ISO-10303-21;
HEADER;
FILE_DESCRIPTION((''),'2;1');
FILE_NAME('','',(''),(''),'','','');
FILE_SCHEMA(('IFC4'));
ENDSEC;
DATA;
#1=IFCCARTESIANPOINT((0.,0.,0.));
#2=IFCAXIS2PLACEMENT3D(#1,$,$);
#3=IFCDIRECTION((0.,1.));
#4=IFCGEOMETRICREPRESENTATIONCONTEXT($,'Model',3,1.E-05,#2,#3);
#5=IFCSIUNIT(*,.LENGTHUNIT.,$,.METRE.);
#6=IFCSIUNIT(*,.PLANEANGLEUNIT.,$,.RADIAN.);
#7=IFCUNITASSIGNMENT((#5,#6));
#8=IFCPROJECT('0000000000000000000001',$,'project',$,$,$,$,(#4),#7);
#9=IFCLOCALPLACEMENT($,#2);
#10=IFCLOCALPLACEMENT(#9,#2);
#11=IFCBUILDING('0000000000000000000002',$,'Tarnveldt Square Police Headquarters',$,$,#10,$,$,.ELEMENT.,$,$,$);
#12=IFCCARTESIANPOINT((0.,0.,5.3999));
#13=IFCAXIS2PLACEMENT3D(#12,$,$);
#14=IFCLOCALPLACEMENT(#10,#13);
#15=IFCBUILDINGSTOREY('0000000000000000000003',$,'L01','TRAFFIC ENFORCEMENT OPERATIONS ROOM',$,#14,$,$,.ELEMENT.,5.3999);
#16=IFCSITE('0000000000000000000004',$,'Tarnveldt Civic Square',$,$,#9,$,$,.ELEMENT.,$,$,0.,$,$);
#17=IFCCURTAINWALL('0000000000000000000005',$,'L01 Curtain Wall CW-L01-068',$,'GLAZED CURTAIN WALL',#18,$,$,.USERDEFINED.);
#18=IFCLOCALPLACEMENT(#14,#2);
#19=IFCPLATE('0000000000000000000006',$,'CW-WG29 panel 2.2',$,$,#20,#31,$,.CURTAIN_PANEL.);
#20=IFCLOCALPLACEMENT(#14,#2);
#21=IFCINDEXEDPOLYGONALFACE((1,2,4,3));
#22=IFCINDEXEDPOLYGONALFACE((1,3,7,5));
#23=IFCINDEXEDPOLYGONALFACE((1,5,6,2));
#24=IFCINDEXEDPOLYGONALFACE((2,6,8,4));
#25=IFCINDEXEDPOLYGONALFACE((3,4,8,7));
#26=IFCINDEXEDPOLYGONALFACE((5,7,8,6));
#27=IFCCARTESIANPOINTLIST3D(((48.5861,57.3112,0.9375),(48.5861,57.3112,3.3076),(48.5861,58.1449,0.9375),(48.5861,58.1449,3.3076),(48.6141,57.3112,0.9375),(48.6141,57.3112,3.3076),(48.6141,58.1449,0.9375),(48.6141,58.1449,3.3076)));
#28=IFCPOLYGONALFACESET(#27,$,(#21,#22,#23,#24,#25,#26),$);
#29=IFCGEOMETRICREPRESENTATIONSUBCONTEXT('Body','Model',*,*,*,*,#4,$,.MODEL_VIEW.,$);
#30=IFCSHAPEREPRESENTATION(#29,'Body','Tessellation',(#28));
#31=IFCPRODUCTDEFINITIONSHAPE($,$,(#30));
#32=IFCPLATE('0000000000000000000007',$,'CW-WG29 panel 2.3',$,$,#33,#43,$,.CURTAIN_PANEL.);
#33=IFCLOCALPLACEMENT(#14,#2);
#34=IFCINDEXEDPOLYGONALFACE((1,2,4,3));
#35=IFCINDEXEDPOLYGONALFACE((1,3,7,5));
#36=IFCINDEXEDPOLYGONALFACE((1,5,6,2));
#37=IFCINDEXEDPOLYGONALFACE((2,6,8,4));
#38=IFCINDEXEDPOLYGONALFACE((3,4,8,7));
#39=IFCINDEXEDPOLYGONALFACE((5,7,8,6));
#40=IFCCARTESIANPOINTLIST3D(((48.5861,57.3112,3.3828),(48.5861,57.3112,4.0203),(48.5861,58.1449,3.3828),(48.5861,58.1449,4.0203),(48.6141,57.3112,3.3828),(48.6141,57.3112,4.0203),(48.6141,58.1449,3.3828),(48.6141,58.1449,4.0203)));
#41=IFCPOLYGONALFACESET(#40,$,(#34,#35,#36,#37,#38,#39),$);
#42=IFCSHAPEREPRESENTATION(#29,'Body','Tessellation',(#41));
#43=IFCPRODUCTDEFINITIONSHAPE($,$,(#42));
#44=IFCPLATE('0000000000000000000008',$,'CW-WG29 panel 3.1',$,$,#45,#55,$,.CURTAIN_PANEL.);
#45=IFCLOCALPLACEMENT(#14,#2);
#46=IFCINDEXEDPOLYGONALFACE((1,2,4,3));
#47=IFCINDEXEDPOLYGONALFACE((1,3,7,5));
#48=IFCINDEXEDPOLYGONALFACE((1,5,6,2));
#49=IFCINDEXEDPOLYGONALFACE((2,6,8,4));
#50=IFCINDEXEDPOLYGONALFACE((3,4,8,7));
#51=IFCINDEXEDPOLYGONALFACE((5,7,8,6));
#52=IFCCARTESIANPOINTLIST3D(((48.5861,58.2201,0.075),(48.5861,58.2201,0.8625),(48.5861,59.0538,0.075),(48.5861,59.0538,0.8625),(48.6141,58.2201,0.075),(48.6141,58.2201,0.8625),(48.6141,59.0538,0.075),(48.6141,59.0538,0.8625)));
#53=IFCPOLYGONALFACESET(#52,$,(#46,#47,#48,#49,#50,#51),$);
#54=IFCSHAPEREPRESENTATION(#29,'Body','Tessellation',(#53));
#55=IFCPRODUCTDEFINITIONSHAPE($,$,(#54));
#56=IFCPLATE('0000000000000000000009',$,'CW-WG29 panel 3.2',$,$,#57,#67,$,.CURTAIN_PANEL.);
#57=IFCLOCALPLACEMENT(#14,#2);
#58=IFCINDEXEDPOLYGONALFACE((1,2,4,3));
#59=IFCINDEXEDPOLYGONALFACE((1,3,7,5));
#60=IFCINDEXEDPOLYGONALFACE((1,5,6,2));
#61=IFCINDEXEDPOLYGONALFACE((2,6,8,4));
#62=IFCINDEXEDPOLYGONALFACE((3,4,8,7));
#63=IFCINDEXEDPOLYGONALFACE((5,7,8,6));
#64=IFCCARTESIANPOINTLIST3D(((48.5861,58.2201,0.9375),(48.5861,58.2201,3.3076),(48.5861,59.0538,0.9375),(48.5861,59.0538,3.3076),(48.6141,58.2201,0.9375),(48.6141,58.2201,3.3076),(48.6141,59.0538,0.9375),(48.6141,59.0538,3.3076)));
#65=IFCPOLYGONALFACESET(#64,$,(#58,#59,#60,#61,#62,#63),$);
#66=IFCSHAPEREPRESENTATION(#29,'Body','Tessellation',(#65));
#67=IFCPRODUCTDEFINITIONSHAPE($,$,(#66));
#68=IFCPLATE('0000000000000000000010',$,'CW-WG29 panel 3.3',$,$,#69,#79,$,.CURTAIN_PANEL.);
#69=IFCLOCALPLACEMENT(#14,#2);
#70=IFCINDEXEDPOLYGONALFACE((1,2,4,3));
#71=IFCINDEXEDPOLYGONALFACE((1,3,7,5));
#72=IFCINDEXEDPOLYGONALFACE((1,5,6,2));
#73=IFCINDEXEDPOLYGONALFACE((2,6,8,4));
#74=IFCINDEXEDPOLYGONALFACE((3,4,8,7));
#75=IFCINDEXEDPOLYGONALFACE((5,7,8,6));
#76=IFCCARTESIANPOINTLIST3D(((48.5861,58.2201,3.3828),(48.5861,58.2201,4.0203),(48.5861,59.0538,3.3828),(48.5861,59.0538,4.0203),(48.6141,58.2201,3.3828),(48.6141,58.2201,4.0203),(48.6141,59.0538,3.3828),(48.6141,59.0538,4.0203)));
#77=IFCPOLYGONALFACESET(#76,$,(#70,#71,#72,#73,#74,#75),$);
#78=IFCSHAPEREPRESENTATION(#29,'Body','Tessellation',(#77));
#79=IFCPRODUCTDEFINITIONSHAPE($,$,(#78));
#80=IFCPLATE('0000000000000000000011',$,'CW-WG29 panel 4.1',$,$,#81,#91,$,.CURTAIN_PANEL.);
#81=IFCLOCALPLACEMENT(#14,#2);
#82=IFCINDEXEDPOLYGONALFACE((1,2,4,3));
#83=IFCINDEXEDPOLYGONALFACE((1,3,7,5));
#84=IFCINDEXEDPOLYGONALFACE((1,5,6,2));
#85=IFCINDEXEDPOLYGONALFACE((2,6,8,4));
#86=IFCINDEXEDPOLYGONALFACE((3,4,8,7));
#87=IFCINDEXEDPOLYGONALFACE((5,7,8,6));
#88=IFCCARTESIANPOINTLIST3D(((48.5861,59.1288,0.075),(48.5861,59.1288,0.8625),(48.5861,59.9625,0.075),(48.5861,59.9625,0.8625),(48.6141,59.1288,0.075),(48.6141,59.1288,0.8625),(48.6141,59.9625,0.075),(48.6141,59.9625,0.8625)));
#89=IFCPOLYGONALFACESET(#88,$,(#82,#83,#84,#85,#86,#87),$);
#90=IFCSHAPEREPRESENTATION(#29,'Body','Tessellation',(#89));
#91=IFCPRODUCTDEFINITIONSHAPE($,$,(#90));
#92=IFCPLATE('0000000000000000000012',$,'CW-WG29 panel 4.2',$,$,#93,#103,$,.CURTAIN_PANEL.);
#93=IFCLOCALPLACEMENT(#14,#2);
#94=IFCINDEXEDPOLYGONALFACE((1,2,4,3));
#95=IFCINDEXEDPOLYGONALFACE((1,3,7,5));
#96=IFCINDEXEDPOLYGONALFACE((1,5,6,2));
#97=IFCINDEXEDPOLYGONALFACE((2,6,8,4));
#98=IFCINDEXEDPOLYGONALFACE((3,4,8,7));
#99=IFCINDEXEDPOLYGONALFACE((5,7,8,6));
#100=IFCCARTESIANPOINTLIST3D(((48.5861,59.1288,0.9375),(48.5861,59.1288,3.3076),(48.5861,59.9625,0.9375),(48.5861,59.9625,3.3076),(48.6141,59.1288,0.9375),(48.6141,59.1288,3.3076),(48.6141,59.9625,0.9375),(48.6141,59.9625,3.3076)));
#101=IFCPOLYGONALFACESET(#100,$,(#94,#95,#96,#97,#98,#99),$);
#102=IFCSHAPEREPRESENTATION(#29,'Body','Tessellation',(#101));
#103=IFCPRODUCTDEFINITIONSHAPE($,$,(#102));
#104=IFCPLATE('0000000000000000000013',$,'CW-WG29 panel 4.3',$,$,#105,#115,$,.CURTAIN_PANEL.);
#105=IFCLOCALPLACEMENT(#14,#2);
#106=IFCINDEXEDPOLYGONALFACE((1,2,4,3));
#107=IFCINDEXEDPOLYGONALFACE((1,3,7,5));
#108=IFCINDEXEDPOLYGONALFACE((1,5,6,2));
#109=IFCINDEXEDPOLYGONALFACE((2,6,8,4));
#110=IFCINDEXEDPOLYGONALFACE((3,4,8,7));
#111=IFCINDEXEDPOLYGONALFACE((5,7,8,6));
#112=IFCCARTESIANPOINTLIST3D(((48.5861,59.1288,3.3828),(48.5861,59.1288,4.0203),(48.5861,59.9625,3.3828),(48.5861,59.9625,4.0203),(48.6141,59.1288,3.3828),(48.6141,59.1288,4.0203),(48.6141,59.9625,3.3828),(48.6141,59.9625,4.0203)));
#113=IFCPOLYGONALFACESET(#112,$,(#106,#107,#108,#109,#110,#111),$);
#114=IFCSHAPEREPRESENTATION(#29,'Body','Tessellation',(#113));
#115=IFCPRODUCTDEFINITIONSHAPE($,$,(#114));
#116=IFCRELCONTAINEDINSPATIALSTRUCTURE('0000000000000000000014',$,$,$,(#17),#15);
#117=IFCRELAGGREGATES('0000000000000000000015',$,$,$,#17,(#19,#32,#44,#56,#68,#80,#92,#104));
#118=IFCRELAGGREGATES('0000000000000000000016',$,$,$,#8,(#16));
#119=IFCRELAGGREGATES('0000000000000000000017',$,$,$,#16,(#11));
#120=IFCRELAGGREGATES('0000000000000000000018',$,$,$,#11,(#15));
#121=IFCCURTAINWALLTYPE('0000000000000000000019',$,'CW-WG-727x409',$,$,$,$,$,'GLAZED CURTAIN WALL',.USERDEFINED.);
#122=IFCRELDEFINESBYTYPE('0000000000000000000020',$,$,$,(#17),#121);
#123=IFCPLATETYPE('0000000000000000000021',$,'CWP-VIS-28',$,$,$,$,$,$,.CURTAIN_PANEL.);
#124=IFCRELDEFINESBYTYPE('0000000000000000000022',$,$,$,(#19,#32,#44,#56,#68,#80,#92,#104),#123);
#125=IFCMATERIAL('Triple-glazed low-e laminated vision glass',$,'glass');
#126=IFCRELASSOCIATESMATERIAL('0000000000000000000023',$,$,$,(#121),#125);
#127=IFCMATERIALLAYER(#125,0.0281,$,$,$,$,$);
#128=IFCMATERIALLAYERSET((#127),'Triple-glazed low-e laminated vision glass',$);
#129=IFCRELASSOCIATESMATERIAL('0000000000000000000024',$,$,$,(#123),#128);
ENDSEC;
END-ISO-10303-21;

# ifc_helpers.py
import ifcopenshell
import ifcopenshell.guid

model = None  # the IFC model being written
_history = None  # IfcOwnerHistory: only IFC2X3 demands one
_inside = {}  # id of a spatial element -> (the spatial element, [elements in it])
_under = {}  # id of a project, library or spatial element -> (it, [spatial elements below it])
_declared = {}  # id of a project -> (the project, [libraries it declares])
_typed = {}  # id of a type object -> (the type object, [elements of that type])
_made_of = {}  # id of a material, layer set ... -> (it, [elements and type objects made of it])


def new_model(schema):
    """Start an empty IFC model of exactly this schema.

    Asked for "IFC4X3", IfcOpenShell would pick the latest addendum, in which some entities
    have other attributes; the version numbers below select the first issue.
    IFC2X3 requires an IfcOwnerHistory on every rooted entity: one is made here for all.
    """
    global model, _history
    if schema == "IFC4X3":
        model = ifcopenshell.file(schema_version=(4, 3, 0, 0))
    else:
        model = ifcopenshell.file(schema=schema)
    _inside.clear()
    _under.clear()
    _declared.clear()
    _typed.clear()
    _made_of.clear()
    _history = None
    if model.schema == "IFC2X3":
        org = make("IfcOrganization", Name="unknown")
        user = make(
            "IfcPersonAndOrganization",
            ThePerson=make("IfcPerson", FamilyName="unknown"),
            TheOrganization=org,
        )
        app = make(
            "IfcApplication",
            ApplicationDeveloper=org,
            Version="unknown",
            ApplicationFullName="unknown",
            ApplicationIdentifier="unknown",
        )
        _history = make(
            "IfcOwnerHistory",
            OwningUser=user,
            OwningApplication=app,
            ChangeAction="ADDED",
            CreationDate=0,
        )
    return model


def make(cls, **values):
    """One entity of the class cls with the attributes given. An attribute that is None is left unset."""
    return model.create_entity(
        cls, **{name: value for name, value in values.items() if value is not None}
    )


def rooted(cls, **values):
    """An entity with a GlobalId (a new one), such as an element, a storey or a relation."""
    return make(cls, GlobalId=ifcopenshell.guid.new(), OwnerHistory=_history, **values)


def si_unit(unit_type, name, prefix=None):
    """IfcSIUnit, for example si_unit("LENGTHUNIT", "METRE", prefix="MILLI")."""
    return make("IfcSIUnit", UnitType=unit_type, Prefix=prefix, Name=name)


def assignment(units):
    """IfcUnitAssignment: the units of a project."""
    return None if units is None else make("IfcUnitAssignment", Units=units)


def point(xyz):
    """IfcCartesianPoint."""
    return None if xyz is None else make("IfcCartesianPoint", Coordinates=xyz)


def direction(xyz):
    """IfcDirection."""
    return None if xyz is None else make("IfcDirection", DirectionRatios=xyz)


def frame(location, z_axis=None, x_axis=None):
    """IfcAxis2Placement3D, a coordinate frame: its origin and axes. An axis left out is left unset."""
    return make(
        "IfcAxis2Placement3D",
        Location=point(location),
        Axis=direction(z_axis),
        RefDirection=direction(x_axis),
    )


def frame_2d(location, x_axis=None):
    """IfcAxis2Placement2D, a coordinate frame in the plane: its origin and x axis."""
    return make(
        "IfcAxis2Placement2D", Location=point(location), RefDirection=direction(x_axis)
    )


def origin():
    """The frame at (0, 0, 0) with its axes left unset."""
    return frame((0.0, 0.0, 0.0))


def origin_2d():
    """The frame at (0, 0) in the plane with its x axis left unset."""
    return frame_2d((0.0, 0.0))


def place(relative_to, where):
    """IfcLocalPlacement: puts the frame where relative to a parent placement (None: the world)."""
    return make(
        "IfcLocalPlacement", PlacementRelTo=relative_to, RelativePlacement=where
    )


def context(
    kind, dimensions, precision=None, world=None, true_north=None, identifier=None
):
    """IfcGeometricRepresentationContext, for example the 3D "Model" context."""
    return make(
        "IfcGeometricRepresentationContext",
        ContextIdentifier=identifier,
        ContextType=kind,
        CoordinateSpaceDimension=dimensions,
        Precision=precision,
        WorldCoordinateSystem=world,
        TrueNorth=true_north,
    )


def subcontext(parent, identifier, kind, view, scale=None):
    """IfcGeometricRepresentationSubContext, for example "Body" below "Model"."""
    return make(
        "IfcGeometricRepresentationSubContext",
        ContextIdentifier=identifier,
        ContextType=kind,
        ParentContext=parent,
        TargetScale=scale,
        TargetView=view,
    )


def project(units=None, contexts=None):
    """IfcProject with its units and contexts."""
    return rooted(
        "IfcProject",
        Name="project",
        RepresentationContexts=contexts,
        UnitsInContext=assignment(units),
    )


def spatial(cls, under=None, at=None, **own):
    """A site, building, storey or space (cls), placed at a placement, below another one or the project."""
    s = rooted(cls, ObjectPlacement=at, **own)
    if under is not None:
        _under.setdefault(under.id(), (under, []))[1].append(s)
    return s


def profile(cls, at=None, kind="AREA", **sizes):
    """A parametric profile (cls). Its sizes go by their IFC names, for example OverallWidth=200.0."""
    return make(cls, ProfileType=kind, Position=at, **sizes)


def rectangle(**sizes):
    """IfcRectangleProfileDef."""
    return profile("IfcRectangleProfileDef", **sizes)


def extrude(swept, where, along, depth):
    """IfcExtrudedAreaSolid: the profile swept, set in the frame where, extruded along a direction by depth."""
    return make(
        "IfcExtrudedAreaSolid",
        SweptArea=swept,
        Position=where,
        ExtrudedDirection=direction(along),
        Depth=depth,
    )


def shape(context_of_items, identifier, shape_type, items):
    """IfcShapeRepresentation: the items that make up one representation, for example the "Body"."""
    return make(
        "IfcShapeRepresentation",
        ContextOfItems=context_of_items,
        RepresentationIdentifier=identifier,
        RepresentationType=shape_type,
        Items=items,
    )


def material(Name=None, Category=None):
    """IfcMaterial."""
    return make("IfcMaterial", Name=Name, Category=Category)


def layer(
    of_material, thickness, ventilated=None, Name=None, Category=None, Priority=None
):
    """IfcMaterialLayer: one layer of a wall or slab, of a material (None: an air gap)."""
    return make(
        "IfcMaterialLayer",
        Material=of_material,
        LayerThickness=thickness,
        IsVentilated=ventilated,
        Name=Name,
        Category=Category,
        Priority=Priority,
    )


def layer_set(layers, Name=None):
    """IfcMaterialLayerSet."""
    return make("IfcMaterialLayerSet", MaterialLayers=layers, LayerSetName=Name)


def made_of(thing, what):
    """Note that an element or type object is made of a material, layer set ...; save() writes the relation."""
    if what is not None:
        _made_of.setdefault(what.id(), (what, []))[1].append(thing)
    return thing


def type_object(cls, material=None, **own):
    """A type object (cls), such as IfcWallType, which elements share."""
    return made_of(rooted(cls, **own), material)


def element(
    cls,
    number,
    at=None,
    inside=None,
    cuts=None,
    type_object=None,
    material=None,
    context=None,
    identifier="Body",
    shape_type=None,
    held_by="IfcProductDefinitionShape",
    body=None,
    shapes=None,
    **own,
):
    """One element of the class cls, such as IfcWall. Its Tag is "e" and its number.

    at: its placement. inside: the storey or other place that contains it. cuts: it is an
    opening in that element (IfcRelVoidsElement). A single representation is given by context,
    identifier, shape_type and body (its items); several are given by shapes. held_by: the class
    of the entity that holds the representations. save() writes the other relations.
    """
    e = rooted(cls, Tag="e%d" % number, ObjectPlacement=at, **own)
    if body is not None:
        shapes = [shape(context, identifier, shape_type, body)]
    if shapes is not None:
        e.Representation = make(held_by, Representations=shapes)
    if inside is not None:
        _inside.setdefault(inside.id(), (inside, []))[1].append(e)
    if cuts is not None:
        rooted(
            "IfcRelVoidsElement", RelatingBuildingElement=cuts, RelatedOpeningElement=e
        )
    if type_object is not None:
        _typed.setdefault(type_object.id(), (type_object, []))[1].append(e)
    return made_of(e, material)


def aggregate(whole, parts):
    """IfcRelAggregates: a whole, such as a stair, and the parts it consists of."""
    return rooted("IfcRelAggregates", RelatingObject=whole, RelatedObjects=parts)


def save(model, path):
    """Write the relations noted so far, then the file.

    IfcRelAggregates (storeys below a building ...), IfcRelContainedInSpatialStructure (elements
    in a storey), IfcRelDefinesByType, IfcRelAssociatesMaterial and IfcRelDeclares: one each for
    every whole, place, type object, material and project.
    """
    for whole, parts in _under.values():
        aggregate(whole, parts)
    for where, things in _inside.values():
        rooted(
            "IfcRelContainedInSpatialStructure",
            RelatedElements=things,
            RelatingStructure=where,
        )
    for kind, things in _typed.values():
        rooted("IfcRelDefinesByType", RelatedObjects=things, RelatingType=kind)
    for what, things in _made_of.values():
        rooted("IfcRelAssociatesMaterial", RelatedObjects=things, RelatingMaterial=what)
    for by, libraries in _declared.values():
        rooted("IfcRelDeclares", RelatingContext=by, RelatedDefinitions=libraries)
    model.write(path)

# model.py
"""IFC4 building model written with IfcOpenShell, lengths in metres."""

from ifc_helpers import new_model, si_unit, direction, frame, origin, origin_2d, place, context, subcontext, project, spatial, rectangle, extrude, material, layer, layer_set, type_object, element, aggregate, save


model = new_model("IFC4")

# Units and contexts
model_context = context("Model", 3, precision=1e-05, world=origin(), true_north=direction((0.0, 1.0)))
body_context = subcontext(model_context, "Body", "Model", "MODEL_VIEW")
ifc_project = project(units=[si_unit("LENGTHUNIT", "METRE"), si_unit("PLANEANGLEUNIT", "RADIAN")], contexts=[model_context])

# Site, building, storey
site_placement = place(None, origin())
site = spatial("IfcSite", under=ifc_project, at=site_placement, Name="Tarnveldt Civic Square", CompositionType="ELEMENT", RefElevation=0.0)
building_placement = place(site_placement, origin())
building = spatial("IfcBuilding", under=site, at=building_placement, Name="Tarnveldt Square Police Headquarters", CompositionType="ELEMENT")
storey_placement = place(building_placement, frame((0.0, 0.0, 5.3999)))
storey = spatial("IfcBuildingStorey", under=building, at=storey_placement, Name="L01", Description="TRAFFIC ENFORCEMENT OPERATIONS ROOM", CompositionType="ELEMENT", Elevation=5.3999)

# Curtain wall, plates
ifc_material_1 = material(Name="Triple-glazed low-e laminated vision glass", Category="glass")
curtain_wall_type = type_object("IfcCurtainWallType", Name="CW-WG-727x409", ElementType="GLAZED CURTAIN WALL", PredefinedType="USERDEFINED", material=ifc_material_1)
curtain_wall_placement = place(storey_placement, origin())
curtain_wall = element("IfcCurtainWall", 1, at=curtain_wall_placement, inside=storey, type_object=curtain_wall_type, Name="L01 Curtain Wall CW-L01-068", ObjectType="GLAZED CURTAIN WALL", PredefinedType="USERDEFINED")
ifc_layer = layer(ifc_material_1, 0.0281)
ifc_layer_set = layer_set([ifc_layer], Name="Triple-glazed low-e laminated vision glass")
plate_type = type_object("IfcPlateType", Name="CWP-VIS-28", PredefinedType="CURTAIN_PANEL", material=ifc_layer_set)
plate_1_placement = place(storey_placement, frame((48.6001, 57.728, 0.9375), z_axis=(0.0, 0.0, 1.0), x_axis=(0.0, 1.0, 0.0)))
plate_1 = element("IfcPlate", 2, at=plate_1_placement, type_object=plate_type, Name="CW-WG29 panel 2.2", PredefinedType="CURTAIN_PANEL", context=body_context, shape_type="SweptSolid", body=[
    extrude(rectangle(XDim=0.8337, YDim=0.0281, at=origin_2d()), origin(), (0.0, 0.0, 1.0), 2.3701),
])
plate_2_placement = place(storey_placement, frame((48.6001, 57.728, 3.3828), z_axis=(0.0, 0.0, 1.0), x_axis=(0.0, 1.0, 0.0)))
plate_2 = element("IfcPlate", 3, at=plate_2_placement, type_object=plate_type, Name="CW-WG29 panel 2.3", PredefinedType="CURTAIN_PANEL", context=body_context, shape_type="SweptSolid", body=[
    extrude(rectangle(XDim=0.8337, YDim=0.0281, at=origin_2d()), origin(), (0.0, 0.0, 1.0), 0.6375),
])
plate_3_placement = place(storey_placement, frame((48.6001, 58.637, 0.075), z_axis=(0.0, 0.0, 1.0), x_axis=(0.0, 1.0, 0.0)))
plate_3 = element("IfcPlate", 4, at=plate_3_placement, type_object=plate_type, Name="CW-WG29 panel 3.1", PredefinedType="CURTAIN_PANEL", context=body_context, shape_type="SweptSolid", body=[
    extrude(rectangle(XDim=0.8337, YDim=0.0281, at=origin_2d()), origin(), (0.0, 0.0, 1.0), 0.7876),
])
plate_4_placement = place(storey_placement, frame((48.6001, 58.637, 0.9375), z_axis=(0.0, 0.0, 1.0), x_axis=(0.0, 1.0, 0.0)))
plate_4 = element("IfcPlate", 5, at=plate_4_placement, type_object=plate_type, Name="CW-WG29 panel 3.2", PredefinedType="CURTAIN_PANEL", context=body_context, shape_type="SweptSolid", body=[
    extrude(rectangle(XDim=0.8337, YDim=0.0281, at=origin_2d()), origin(), (0.0, 0.0, 1.0), 2.3701),
])
plate_5_placement = place(storey_placement, frame((48.6001, 58.637, 3.3828), z_axis=(0.0, 0.0, 1.0), x_axis=(0.0, 1.0, 0.0)))
plate_5 = element("IfcPlate", 6, at=plate_5_placement, type_object=plate_type, Name="CW-WG29 panel 3.3", PredefinedType="CURTAIN_PANEL", context=body_context, shape_type="SweptSolid", body=[
    extrude(rectangle(XDim=0.8337, YDim=0.0281, at=origin_2d()), origin(), (0.0, 0.0, 1.0), 0.6375),
])
plate_6_placement = place(storey_placement, frame((48.6001, 59.5457, 0.075), z_axis=(0.0, 0.0, 1.0), x_axis=(0.0, 1.0, 0.0)))
plate_6 = element("IfcPlate", 7, at=plate_6_placement, type_object=plate_type, Name="CW-WG29 panel 4.1", PredefinedType="CURTAIN_PANEL", context=body_context, shape_type="SweptSolid", body=[
    extrude(rectangle(XDim=0.8337, YDim=0.0281, at=origin_2d()), origin(), (0.0, 0.0, 1.0), 0.7876),
])
plate_7_placement = place(storey_placement, frame((48.6001, 59.5457, 0.9375), z_axis=(0.0, 0.0, 1.0), x_axis=(0.0, 1.0, 0.0)))
plate_7 = element("IfcPlate", 8, at=plate_7_placement, type_object=plate_type, Name="CW-WG29 panel 4.2", PredefinedType="CURTAIN_PANEL", context=body_context, shape_type="SweptSolid", body=[
    extrude(rectangle(XDim=0.8337, YDim=0.0281, at=origin_2d()), origin(), (0.0, 0.0, 1.0), 2.3701),
])
plate_8_placement = place(storey_placement, frame((48.6001, 59.5457, 3.3828), z_axis=(0.0, 0.0, 1.0), x_axis=(0.0, 1.0, 0.0)))
plate_8 = element("IfcPlate", 9, at=plate_8_placement, type_object=plate_type, Name="CW-WG29 panel 4.3", PredefinedType="CURTAIN_PANEL", context=body_context, shape_type="SweptSolid", body=[
    extrude(rectangle(XDim=0.8337, YDim=0.0281, at=origin_2d()), origin(), (0.0, 0.0, 1.0), 0.6375),
])
aggregate(curtain_wall, [plate_1, plate_2, plate_3, plate_4, plate_5, plate_6, plate_7, plate_8])

save(model, "model.ifc")
